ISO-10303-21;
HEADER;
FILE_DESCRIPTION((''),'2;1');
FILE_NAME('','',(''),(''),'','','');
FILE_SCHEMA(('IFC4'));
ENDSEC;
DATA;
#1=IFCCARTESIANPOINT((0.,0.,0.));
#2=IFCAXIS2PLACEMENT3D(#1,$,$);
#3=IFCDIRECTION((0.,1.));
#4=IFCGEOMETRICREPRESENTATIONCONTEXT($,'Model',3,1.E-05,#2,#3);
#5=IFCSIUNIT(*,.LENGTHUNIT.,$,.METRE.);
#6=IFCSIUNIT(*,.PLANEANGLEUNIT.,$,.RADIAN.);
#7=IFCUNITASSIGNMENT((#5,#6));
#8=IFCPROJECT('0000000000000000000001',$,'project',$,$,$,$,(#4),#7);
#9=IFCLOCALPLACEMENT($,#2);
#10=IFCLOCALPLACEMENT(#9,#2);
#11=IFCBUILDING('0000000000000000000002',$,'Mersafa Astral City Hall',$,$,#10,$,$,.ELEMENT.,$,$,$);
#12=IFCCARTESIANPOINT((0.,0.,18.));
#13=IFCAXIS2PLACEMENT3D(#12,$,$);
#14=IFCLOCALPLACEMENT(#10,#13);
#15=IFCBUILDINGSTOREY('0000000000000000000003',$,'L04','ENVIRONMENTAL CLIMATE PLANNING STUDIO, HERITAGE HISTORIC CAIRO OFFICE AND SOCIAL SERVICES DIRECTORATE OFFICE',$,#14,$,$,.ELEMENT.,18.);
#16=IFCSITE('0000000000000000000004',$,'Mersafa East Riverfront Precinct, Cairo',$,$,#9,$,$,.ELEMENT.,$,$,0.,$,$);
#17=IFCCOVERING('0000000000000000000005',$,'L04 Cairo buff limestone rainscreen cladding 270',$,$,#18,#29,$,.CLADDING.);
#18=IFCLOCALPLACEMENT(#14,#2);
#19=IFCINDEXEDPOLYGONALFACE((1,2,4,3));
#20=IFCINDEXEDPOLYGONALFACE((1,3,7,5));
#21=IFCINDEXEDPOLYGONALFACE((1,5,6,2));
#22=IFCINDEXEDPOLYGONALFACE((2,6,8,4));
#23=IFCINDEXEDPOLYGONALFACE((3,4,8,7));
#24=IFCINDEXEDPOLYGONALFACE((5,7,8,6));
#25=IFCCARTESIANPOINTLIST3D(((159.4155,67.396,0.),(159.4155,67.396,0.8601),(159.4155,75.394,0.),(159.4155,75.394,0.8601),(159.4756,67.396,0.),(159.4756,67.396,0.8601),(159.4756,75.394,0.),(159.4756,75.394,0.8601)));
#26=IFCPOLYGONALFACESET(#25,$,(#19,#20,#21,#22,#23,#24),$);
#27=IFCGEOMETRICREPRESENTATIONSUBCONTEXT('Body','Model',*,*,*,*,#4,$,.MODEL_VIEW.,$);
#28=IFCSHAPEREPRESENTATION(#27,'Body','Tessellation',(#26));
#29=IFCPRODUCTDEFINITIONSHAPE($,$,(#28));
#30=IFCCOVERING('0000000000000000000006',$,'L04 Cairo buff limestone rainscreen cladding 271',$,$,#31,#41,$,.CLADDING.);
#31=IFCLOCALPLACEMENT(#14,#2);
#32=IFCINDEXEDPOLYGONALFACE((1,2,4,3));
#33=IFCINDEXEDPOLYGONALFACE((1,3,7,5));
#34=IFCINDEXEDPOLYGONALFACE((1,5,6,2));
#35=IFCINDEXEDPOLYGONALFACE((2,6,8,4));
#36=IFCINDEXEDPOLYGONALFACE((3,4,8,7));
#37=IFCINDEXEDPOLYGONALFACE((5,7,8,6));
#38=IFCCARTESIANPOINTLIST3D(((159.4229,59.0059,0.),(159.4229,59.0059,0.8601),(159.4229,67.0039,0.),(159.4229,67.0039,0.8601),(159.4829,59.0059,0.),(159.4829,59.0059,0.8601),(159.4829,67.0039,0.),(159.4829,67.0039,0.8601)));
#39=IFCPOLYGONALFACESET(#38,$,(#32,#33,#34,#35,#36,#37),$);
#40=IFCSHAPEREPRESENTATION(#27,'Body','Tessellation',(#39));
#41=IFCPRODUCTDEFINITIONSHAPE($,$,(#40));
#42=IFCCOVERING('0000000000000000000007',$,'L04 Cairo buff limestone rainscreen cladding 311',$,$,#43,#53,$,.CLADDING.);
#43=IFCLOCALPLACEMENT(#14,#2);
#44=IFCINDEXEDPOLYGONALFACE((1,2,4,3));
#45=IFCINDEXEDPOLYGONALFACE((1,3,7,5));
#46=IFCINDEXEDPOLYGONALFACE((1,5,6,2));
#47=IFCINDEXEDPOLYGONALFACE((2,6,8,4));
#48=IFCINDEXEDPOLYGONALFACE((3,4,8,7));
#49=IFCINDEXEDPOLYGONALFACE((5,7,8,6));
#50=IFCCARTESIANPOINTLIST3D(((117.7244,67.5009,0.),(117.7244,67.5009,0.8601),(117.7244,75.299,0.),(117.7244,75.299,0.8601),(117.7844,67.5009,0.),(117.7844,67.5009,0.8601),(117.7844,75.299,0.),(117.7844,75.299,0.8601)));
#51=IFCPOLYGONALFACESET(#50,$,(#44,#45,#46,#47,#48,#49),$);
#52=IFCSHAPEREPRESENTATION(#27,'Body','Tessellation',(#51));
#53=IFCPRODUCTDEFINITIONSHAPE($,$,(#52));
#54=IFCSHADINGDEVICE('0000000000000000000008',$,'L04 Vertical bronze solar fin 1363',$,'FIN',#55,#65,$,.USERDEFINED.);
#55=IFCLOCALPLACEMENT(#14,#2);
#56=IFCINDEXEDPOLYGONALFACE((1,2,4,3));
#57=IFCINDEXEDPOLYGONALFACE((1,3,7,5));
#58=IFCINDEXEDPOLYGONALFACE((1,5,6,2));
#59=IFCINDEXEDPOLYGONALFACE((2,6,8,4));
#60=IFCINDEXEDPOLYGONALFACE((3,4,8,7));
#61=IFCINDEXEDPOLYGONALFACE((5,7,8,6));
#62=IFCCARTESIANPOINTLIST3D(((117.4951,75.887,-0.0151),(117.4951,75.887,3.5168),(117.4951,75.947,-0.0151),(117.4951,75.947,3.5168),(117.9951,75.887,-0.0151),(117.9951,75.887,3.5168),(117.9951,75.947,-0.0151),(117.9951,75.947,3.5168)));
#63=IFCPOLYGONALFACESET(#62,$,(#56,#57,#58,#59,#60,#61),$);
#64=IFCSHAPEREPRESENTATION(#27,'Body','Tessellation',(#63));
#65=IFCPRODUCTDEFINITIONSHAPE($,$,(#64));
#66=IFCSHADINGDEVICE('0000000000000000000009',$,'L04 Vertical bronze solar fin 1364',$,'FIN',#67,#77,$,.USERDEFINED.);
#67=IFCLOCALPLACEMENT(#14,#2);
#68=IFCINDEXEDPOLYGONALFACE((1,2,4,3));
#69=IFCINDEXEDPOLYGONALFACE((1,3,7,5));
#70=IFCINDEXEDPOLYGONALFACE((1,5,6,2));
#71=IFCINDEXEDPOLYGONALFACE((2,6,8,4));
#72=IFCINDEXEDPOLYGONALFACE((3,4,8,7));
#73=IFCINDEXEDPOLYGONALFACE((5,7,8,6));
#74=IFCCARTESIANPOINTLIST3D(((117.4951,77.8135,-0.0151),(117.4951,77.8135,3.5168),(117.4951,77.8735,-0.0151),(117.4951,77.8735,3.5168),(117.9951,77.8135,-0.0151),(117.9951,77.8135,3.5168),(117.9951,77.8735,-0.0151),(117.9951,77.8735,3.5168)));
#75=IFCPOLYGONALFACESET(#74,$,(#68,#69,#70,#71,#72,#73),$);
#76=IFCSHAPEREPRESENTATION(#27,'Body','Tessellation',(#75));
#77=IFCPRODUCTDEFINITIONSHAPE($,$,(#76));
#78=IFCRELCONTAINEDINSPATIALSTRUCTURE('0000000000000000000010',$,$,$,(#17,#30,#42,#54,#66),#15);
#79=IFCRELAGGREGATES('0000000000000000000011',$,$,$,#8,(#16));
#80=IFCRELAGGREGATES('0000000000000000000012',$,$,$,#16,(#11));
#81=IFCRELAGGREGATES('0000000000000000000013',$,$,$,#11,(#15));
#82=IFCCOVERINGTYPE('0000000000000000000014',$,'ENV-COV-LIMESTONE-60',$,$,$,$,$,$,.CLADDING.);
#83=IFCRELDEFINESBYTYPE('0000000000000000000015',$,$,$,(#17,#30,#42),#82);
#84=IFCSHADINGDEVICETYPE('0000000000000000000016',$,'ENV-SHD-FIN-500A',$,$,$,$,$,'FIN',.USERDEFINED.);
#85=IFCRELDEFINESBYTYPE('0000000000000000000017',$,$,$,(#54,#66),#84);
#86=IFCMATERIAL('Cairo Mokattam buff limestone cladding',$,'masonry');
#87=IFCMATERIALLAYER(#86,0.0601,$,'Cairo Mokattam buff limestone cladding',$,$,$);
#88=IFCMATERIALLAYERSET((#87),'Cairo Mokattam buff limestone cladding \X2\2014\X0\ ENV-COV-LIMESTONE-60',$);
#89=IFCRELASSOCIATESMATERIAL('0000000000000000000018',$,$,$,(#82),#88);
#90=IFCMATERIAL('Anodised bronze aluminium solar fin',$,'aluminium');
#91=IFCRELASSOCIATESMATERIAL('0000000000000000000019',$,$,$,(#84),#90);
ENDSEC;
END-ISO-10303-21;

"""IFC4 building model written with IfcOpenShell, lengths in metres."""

from ifc_helpers import new_model, si_unit, direction, frame, origin, origin_2d, place, context, subcontext, project, spatial, rectangle, extrude, material, layer, layer_set, type_object, element, save


model = new_model("IFC4")

# Units and contexts
model_context = context("Model", 3, precision=1e-05, world=origin(), true_north=direction((0.0, 1.0)))
body_context = subcontext(model_context, "Body", "Model", "MODEL_VIEW")
ifc_project = project(units=[si_unit("LENGTHUNIT", "METRE"), si_unit("PLANEANGLEUNIT", "RADIAN")], contexts=[model_context])

# Site, building, storey
site_placement = place(None, origin())
site = spatial("IfcSite", under=ifc_project, at=site_placement, Name="Mersafa East Riverfront Precinct, Cairo", CompositionType="ELEMENT", RefElevation=0.0)
building_placement = place(site_placement, origin())
building = spatial("IfcBuilding", under=site, at=building_placement, Name="Mersafa Astral City Hall", CompositionType="ELEMENT")
storey_placement = place(building_placement, frame((0.0, 0.0, 18.0)))
storey = spatial("IfcBuildingStorey", under=building, at=storey_placement, Name="L04", Description="ENVIRONMENTAL CLIMATE PLANNING STUDIO, HERITAGE HISTORIC CAIRO OFFICE AND SOCIAL SERVICES DIRECTORATE OFFICE", CompositionType="ELEMENT", Elevation=18.0)

# Coverings
ifc_material_1 = material(Name="Cairo Mokattam buff limestone cladding", Category="masonry")
ifc_layer_1 = layer(ifc_material_1, 0.0601, Name="Cairo Mokattam buff limestone cladding")
ifc_layer_set_1 = layer_set([ifc_layer_1], Name="Cairo Mokattam buff limestone cladding — ENV-COV-LIMESTONE-60")
covering_type = type_object("IfcCoveringType", Name="ENV-COV-LIMESTONE-60", PredefinedType="CLADDING", material=ifc_layer_set_1)
for number, where, z_axis, x_axis, name in (
    (1, (159.4456, 71.395, 0.0), (0.0, 0.0, 1.0), (0.0, -1.0, 0.0), "L04 Cairo buff limestone rainscreen cladding 270"),
    (2, (159.4529, 63.0049, 0.0), (0.0, 0.0, 1.0), (0.0, -1.0, 0.0), "L04 Cairo buff limestone rainscreen cladding 271"),
):
    element("IfcCovering", number, at=place(storey_placement, frame(where, z_axis=z_axis, x_axis=x_axis)), inside=storey, type_object=covering_type, Name=name, PredefinedType="CLADDING", context=body_context, shape_type="SweptSolid", body=[
        extrude(rectangle(XDim=7.998, YDim=0.0601, at=origin_2d()), origin(), (0.0, 0.0, 1.0), 0.8601),
    ])
covering_placement = place(storey_placement, frame((117.7544, 71.3999, 0.0), z_axis=(0.0, 0.0, 1.0), x_axis=(0.0, 1.0, 0.0)))
element("IfcCovering", 3, at=covering_placement, inside=storey, type_object=covering_type, Name="L04 Cairo buff limestone rainscreen cladding 311", PredefinedType="CLADDING", context=body_context, shape_type="SweptSolid", body=[
    extrude(rectangle(XDim=7.7981, YDim=0.0601, at=origin_2d()), origin(), (0.0, 0.0, 1.0), 0.8601),
])

# Shading devices
ifc_material_2 = material(Name="Anodised bronze aluminium solar fin", Category="aluminium")
shading_device_type = type_object("IfcShadingDeviceType", Name="ENV-SHD-FIN-500A", ElementType="FIN", PredefinedType="USERDEFINED", material=ifc_material_2)
for number, where, z_axis, x_axis, name in (
    (4, (117.7451, 75.917, -0.0151), (0.0, 0.0, 1.0), (0.0, 1.0, 0.0), "L04 Vertical bronze solar fin 1363"),
    (5, (117.7451, 77.8435, -0.0151), (0.0, 0.0, 1.0), (0.0, 1.0, 0.0), "L04 Vertical bronze solar fin 1364"),
):
    element("IfcShadingDevice", number, at=place(storey_placement, frame(where, z_axis=z_axis, x_axis=x_axis)), inside=storey, type_object=shading_device_type, Name=name, ObjectType="FIN", PredefinedType="USERDEFINED", context=body_context, shape_type="SweptSolid", body=[
        extrude(rectangle(XDim=0.0601, YDim=0.5, at=origin_2d()), origin(), (0.0, 0.0, 1.0), 3.532),
    ])

save(model, "model.ifc")
